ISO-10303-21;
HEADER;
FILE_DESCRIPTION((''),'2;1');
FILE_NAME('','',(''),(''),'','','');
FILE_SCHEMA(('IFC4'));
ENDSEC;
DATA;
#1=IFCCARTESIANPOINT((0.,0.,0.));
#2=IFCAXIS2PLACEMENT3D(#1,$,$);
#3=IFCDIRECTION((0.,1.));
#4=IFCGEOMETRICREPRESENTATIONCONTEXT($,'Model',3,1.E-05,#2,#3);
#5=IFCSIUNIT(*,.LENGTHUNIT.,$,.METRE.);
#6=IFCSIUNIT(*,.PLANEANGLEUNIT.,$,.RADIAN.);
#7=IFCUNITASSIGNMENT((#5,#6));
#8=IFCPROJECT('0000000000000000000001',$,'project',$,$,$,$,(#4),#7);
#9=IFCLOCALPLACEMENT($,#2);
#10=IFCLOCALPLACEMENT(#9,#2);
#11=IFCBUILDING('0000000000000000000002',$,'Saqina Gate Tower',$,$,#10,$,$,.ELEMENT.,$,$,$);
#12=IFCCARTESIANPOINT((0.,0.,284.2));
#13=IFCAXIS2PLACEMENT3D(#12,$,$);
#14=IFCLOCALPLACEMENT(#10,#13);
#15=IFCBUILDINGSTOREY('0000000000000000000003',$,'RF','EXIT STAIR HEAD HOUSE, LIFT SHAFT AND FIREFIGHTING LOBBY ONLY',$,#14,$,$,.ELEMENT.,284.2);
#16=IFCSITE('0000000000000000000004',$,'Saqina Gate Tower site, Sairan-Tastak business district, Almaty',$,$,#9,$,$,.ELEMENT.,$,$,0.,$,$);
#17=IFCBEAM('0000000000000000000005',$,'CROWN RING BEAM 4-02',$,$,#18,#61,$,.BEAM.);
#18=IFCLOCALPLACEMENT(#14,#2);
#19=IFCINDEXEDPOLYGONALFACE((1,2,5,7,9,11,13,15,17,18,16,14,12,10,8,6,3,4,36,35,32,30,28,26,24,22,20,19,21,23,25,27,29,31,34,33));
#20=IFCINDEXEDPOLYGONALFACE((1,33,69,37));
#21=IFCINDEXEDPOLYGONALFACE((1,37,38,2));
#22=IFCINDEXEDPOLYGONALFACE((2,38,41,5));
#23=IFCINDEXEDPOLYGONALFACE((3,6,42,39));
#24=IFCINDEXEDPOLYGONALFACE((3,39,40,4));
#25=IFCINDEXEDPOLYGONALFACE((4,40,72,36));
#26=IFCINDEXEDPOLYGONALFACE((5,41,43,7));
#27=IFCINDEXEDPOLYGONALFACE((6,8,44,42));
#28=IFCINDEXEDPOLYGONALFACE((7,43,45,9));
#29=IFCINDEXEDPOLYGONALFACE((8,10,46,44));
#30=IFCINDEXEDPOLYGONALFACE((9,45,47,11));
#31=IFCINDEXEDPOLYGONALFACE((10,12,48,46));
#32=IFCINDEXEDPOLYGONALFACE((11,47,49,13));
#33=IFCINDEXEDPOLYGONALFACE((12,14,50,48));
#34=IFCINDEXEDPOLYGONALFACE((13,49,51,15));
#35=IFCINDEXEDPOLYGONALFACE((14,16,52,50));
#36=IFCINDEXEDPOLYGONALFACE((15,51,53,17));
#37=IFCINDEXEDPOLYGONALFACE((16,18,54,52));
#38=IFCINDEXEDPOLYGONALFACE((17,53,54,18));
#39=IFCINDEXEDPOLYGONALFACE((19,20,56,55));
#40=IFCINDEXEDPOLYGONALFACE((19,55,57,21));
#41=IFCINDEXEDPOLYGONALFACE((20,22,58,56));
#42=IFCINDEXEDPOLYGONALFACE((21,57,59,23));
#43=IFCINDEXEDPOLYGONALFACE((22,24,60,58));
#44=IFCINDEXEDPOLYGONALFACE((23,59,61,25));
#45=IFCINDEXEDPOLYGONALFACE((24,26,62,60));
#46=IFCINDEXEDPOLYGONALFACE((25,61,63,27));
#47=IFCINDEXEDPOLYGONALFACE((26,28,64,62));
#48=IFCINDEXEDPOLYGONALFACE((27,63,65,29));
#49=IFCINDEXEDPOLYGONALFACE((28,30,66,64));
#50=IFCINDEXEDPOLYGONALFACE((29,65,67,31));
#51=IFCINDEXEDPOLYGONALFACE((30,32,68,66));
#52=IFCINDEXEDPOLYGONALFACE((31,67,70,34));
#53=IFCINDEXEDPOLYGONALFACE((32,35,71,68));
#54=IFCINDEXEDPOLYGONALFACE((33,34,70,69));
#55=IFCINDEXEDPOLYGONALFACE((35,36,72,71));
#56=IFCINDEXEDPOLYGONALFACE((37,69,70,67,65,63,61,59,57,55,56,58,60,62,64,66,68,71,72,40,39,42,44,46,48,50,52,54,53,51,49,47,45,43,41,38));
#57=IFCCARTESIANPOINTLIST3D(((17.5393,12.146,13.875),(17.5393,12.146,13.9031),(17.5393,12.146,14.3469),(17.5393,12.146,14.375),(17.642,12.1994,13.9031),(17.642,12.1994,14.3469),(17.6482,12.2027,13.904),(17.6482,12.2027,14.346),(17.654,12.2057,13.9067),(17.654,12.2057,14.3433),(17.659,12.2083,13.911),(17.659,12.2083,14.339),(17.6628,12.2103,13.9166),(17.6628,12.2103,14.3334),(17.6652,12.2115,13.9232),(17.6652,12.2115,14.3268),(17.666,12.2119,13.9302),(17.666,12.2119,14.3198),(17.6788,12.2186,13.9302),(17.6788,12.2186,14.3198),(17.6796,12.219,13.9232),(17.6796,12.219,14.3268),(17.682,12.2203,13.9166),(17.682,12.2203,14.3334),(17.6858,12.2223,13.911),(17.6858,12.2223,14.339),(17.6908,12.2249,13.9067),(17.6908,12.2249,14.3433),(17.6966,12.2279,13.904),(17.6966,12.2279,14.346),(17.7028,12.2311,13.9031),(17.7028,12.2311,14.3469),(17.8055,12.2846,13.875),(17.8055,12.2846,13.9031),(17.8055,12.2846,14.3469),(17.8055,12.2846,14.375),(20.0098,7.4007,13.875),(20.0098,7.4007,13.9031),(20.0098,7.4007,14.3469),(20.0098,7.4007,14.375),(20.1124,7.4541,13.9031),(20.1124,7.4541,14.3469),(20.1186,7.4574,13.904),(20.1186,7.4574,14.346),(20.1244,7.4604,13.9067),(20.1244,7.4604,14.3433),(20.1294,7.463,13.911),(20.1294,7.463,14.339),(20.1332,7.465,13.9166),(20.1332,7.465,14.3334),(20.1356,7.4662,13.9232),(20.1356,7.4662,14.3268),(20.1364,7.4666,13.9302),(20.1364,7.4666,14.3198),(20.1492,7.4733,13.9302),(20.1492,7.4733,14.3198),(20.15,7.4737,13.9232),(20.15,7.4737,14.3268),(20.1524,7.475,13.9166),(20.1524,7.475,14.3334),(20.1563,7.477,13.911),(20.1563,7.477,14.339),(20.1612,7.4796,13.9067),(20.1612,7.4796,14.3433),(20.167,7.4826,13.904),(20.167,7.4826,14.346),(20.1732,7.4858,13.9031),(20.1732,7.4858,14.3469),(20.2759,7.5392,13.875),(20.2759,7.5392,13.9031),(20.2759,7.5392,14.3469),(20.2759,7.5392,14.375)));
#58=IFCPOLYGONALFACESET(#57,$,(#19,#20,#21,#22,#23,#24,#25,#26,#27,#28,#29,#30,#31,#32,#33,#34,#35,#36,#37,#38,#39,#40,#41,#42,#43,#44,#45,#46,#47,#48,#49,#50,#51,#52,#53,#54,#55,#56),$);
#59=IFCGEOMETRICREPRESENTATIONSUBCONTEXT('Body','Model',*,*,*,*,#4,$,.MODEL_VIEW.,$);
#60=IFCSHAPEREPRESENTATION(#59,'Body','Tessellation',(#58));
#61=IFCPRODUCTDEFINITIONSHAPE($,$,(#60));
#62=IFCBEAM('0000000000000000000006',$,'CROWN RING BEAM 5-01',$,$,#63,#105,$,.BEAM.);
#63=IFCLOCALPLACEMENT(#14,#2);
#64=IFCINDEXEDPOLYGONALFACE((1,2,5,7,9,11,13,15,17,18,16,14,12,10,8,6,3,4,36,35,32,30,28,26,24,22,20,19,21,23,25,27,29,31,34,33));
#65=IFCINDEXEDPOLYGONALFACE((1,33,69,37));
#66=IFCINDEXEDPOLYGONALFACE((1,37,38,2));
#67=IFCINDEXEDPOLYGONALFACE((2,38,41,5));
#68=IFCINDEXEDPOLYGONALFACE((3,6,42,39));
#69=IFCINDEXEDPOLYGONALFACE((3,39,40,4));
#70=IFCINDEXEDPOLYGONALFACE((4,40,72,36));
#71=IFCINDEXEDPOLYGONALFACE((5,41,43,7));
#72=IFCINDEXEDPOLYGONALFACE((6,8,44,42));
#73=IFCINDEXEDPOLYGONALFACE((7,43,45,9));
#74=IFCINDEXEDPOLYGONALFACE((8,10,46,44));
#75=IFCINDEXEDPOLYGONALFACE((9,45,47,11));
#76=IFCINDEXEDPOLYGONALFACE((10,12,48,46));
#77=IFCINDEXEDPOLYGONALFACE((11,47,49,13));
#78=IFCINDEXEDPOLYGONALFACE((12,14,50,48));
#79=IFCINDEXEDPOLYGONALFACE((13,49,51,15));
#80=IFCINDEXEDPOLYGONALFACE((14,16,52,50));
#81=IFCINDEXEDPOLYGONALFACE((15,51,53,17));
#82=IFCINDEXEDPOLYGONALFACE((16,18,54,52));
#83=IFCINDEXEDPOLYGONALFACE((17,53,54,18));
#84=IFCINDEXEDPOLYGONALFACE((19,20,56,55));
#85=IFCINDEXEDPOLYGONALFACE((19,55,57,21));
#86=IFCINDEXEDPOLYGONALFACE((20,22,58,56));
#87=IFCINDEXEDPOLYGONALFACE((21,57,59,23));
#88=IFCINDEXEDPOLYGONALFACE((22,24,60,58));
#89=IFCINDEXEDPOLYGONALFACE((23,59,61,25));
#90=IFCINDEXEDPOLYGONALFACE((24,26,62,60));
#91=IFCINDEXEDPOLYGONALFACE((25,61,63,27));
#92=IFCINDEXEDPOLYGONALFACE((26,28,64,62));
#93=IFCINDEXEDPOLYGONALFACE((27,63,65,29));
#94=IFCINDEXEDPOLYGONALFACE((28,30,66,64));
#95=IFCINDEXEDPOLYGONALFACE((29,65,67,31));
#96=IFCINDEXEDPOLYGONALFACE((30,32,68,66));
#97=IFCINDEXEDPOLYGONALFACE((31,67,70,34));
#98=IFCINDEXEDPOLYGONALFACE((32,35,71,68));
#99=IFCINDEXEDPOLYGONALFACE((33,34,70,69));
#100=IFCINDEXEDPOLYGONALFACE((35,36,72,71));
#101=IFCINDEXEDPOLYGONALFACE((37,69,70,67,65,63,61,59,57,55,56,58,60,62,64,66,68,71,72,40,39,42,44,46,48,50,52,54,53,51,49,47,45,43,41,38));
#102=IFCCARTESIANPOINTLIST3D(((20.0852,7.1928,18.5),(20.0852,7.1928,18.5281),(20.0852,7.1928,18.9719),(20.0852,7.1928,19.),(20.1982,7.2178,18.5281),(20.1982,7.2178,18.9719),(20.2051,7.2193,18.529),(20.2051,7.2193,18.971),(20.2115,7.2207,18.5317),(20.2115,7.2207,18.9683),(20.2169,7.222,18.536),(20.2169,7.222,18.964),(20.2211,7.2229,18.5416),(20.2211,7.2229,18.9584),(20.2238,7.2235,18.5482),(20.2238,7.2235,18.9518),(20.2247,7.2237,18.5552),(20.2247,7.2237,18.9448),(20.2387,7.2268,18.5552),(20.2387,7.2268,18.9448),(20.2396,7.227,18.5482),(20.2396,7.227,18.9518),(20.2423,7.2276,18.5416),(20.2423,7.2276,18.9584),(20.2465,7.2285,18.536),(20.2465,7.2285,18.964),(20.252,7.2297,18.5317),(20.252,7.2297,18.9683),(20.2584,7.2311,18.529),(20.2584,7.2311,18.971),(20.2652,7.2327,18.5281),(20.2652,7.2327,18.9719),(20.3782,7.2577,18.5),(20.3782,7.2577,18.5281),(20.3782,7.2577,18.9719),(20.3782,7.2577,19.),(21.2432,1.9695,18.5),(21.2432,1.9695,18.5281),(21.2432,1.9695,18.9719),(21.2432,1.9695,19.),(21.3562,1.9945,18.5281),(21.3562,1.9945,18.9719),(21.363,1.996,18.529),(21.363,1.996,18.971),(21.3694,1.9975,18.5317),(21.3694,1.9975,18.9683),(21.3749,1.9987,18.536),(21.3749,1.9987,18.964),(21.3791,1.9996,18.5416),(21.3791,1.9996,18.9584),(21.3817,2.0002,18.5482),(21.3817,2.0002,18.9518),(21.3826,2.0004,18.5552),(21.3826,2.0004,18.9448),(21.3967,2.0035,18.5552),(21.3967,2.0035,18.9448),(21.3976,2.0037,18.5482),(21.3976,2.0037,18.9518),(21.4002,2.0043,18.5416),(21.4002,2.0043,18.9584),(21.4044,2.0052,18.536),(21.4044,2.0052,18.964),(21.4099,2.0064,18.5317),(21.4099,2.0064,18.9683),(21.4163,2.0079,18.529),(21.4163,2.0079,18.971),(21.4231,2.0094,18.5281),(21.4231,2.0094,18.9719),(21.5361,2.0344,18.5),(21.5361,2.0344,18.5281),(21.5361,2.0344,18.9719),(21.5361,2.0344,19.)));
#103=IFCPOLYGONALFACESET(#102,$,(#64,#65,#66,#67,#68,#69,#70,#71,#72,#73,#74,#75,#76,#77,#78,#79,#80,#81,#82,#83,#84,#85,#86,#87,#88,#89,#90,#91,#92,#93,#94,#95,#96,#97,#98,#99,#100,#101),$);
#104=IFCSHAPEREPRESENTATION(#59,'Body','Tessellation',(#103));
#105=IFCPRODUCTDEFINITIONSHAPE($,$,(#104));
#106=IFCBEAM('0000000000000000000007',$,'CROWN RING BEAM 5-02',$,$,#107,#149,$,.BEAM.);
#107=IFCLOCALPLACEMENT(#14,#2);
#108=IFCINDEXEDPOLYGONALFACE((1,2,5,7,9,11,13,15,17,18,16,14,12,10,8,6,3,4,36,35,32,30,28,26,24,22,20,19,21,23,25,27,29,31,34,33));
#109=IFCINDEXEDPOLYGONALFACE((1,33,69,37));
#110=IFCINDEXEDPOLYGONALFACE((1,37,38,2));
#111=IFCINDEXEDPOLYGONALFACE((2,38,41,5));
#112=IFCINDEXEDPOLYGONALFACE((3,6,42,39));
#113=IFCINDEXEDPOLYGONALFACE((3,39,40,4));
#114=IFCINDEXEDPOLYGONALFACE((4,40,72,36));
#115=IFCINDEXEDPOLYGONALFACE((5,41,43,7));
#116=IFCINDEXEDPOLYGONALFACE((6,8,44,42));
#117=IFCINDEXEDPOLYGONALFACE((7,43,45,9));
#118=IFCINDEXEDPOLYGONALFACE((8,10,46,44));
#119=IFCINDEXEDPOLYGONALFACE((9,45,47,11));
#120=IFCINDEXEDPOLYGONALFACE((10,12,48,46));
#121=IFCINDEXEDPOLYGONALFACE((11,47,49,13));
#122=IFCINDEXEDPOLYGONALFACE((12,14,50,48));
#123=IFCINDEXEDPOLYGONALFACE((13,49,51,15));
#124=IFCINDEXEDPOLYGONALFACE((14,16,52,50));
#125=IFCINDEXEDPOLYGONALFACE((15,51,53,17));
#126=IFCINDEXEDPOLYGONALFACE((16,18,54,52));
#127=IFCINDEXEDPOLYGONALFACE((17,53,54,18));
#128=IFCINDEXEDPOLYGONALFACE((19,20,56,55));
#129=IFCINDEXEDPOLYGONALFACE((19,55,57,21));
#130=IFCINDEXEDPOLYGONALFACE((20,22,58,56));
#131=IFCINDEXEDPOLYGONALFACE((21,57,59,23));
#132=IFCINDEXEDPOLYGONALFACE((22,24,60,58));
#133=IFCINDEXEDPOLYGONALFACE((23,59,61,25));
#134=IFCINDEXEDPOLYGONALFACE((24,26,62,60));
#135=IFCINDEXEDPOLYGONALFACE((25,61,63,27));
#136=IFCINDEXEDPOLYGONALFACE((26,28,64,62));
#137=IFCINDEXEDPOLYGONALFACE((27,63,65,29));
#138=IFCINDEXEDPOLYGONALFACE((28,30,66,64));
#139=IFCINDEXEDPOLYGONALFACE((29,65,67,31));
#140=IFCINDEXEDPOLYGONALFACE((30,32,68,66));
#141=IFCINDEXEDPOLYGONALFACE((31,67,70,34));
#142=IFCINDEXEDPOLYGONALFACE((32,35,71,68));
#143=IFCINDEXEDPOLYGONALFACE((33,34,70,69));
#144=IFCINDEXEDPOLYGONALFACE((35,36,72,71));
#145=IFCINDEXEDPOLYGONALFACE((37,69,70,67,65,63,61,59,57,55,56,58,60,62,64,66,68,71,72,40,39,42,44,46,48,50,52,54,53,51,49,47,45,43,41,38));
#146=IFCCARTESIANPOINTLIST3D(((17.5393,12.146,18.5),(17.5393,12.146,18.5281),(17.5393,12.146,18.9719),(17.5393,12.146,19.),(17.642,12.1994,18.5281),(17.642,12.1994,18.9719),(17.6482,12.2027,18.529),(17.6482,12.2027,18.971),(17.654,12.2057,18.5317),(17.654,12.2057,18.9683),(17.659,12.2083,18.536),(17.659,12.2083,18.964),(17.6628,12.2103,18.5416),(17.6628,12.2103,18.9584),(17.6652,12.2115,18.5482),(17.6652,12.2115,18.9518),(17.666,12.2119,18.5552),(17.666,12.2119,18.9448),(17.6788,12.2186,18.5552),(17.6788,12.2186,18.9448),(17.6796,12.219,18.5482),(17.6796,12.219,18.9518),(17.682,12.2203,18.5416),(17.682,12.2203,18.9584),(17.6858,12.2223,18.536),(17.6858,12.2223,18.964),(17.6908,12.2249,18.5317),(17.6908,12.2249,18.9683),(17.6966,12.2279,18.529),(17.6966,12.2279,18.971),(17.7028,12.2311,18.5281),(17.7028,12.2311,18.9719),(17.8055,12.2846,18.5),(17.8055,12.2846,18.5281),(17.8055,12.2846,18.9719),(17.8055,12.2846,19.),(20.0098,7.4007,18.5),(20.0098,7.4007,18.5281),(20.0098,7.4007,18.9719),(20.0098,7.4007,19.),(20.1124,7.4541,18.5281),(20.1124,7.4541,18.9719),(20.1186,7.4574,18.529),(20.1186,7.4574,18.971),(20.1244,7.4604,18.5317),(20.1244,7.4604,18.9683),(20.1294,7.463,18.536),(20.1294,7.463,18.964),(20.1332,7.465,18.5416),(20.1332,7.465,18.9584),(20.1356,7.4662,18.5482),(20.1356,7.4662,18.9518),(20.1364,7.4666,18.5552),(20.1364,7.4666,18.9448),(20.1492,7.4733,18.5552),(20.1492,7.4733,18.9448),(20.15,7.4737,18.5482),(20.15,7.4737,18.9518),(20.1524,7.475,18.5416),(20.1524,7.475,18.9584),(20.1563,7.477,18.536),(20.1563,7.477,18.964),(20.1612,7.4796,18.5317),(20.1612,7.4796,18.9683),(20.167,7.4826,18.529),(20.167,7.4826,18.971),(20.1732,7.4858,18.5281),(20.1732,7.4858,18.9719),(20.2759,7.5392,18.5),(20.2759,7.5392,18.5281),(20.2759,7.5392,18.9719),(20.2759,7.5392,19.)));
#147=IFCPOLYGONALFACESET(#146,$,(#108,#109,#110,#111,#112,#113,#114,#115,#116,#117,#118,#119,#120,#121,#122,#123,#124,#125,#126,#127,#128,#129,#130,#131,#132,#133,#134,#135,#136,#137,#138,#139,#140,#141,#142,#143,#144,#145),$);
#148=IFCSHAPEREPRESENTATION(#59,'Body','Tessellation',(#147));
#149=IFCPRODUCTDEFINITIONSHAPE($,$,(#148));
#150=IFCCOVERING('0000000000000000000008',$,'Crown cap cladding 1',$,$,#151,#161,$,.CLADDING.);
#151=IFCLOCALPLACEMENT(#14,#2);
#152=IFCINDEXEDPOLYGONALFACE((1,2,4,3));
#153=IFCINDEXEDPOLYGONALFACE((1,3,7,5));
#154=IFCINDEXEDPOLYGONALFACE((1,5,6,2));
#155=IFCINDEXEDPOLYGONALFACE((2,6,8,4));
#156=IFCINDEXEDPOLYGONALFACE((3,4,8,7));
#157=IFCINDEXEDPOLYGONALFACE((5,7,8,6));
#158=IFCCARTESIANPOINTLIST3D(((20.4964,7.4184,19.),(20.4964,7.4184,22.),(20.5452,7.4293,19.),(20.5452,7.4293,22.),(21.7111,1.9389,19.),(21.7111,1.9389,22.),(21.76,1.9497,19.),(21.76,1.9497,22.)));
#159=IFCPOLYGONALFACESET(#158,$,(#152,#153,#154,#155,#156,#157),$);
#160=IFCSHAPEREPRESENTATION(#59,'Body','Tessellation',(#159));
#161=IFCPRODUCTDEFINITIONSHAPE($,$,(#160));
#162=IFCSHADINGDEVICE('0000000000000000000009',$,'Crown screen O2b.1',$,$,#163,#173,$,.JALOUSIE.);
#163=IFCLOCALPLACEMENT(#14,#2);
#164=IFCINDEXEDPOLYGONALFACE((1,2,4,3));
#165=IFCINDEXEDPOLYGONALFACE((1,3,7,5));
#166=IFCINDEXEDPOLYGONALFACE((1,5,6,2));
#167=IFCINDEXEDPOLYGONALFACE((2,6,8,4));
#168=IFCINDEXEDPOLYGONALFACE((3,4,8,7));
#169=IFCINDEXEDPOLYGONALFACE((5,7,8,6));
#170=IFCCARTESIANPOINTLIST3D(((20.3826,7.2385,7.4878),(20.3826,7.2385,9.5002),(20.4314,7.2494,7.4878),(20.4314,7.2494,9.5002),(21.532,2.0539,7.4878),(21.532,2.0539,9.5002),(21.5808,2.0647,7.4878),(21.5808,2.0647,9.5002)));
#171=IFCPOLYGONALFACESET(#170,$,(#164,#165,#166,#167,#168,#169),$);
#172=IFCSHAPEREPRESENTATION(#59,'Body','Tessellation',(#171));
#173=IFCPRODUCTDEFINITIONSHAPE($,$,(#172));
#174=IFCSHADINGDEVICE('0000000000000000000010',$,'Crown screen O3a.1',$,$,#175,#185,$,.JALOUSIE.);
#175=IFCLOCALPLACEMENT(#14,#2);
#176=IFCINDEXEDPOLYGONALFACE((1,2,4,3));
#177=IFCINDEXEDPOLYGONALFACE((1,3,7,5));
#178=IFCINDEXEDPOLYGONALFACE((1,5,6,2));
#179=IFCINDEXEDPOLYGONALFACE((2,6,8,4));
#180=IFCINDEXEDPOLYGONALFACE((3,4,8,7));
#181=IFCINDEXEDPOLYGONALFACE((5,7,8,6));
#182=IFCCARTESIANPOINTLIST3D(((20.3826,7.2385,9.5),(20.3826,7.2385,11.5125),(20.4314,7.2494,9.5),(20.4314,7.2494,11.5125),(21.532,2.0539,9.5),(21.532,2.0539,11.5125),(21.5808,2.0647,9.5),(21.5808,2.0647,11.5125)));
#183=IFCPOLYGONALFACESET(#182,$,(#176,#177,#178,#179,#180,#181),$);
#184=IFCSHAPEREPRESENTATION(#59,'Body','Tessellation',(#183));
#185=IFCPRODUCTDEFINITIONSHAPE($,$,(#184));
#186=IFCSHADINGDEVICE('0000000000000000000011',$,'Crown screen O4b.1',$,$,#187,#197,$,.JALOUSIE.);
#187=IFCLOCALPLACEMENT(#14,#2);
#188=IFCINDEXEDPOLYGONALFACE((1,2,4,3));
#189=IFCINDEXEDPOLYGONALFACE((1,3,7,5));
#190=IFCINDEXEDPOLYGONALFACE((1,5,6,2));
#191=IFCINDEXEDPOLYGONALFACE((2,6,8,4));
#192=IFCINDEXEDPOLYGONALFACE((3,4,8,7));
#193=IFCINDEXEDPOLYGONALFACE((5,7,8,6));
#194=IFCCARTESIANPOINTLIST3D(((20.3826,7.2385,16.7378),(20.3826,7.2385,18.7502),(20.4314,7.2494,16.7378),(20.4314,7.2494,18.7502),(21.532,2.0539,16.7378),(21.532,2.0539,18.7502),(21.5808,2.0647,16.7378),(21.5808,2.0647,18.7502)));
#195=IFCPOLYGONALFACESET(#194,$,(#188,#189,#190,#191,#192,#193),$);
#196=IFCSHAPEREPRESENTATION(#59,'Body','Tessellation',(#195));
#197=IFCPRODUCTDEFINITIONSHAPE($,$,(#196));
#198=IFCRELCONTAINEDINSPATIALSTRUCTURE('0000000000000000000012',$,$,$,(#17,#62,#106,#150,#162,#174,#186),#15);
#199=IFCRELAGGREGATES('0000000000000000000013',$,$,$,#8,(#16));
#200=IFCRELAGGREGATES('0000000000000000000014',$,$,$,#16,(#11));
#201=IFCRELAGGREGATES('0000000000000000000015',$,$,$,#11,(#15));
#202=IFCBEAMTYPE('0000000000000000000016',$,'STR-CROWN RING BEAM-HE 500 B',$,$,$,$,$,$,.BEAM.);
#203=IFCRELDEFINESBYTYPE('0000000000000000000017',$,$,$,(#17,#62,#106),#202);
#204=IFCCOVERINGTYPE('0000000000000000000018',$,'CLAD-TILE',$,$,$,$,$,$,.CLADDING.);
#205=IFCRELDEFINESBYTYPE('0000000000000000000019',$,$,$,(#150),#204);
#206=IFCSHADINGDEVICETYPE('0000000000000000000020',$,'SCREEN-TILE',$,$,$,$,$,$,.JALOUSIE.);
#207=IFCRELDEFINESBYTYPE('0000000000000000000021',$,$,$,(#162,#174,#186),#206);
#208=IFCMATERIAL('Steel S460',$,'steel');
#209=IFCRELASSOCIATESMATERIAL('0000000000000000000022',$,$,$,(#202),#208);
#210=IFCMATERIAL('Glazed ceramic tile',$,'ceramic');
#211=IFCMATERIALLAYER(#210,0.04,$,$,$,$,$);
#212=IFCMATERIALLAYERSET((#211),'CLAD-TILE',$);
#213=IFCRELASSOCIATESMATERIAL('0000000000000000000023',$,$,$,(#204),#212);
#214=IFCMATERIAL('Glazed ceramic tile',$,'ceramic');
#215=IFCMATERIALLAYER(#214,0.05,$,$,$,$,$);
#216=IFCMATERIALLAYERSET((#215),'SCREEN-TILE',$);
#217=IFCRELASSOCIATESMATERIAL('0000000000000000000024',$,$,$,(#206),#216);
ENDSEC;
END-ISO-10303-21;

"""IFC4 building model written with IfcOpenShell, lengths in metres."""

from ifc_helpers import new_model, si_unit, direction, frame, origin, origin_2d, place, context, subcontext, project, spatial, rectangle, i_section, extrude, material, layer, layer_set, material_profile, profile_set, type_object, element, save


model = new_model("IFC4")

# Units and contexts
model_context = context("Model", 3, precision=1e-05, world=origin(), true_north=direction((0.0, 1.0)))
body_context = subcontext(model_context, "Body", "Model", "MODEL_VIEW")
ifc_project = project(units=[si_unit("LENGTHUNIT", "METRE"), si_unit("PLANEANGLEUNIT", "RADIAN")], contexts=[model_context])

# Site, building, storey
site_placement = place(None, origin())
site = spatial("IfcSite", under=ifc_project, at=site_placement, Name="Saqina Gate Tower site, Sairan-Tastak business district, Almaty", CompositionType="ELEMENT", RefElevation=0.0)
building_placement = place(site_placement, origin())
building = spatial("IfcBuilding", under=site, at=building_placement, Name="Saqina Gate Tower", CompositionType="ELEMENT")
storey_placement = place(building_placement, frame((0.0, 0.0, 284.2)))
storey = spatial("IfcBuildingStorey", under=building, at=storey_placement, Name="RF", Description="EXIT STAIR HEAD HOUSE, LIFT SHAFT AND FIREFIGHTING LOBBY ONLY", CompositionType="ELEMENT", Elevation=284.2)

# Beams
ifc_material_1 = material(Name="Steel S460", Category="steel")
ifc_material_profile_1 = material_profile(ifc_material_1, i_section(OverallWidth=0.3, OverallDepth=0.5, WebThickness=0.0144, FlangeThickness=0.0281, FilletRadius=0.0271, at=origin_2d()), Name="HE 500 B")
ifc_profile_set_1 = profile_set([ifc_material_profile_1], Name="Steel S460")
beam_type_1 = type_object("IfcBeamType", Name="STR-CROWN RING BEAM-HE 500 B", PredefinedType="BEAM", material=ifc_profile_set_1)
beam_1_placement = place(storey_placement, frame((20.1428, 7.47, 14.125), z_axis=(-0.461775, 0.886997, 0.0), x_axis=(-0.886997, -0.461775, 0.0)))
element("IfcBeam", 1, at=beam_1_placement, inside=storey, type_object=beam_type_1, Name="CROWN RING BEAM 4-02", PredefinedType="BEAM", context=body_context, shape_type="SweptSolid", body=[
    extrude(i_section(OverallWidth=0.3, OverallDepth=0.5, WebThickness=0.0144, FlangeThickness=0.0281, FilletRadius=0.0271, at=origin_2d()), origin(), (0.0, 0.0, 1.0), 5.3499),
])
beam_2_placement = place(storey_placement, frame((21.3896, 2.002, 18.75), z_axis=(-0.216433, 0.976298, 0.0), x_axis=(-0.976298, -0.216433, 0.0)))
element("IfcBeam", 2, at=beam_2_placement, inside=storey, type_object=beam_type_1, Name="CROWN RING BEAM 5-01", PredefinedType="BEAM", context=body_context, shape_type="SweptSolid", body=[
    extrude(i_section(OverallWidth=0.3, OverallDepth=0.5, WebThickness=0.0144, FlangeThickness=0.0281, FilletRadius=0.0271, at=origin_2d()), origin(), (0.0, 0.0, 1.0), 5.3501),
])
beam_3_placement = place(storey_placement, frame((20.1428, 7.47, 18.75), z_axis=(-0.461775, 0.886997, 0.0), x_axis=(-0.886997, -0.461775, 0.0)))
element("IfcBeam", 3, at=beam_3_placement, inside=storey, type_object=beam_type_1, Name="CROWN RING BEAM 5-02", PredefinedType="BEAM", context=body_context, shape_type="SweptSolid", body=[
    extrude(i_section(OverallWidth=0.3, OverallDepth=0.5, WebThickness=0.0144, FlangeThickness=0.0281, FilletRadius=0.0271, at=origin_2d()), origin(), (0.0, 0.0, 1.0), 5.3499),
])

# Covering
ifc_material_2 = material(Name="Glazed ceramic tile", Category="ceramic")
ifc_layer_1 = layer(ifc_material_2, 0.04)
ifc_layer_set_1 = layer_set([ifc_layer_1], Name="CLAD-TILE")
covering_type = type_object("IfcCoveringType", Name="CLAD-TILE", PredefinedType="CLADDING", material=ifc_layer_set_1)
covering_placement = place(storey_placement, frame((21.1282, 4.6841, 19.0), z_axis=(0.0, 0.0, 1.0), x_axis=(-0.21644, 0.976296, 0.0)))
element("IfcCovering", 4, at=covering_placement, inside=storey, type_object=covering_type, Name="Crown cap cladding 1", PredefinedType="CLADDING", context=body_context, shape_type="SweptSolid", body=[
    extrude(rectangle(XDim=5.6125, YDim=0.05, at=origin_2d()), origin(), (0.0, 0.0, 1.0), 3.0),
])

# Shading devices
ifc_material_3 = material(Name="Glazed ceramic tile", Category="ceramic")
ifc_layer_2 = layer(ifc_material_3, 0.05)
ifc_layer_set_2 = layer_set([ifc_layer_2], Name="SCREEN-TILE")
shading_device_type_1 = type_object("IfcShadingDeviceType", Name="SCREEN-TILE", PredefinedType="JALOUSIE", material=ifc_layer_set_2)
for number, where, z_axis, x_axis, name in (
    (5, (20.9817, 4.6516, 7.4878), (0.0, 0.0, 1.0), (-0.21644, 0.976296, 0.0), "Crown screen O2b.1"),
    (6, (20.9817, 4.6516, 9.5), (0.0, 0.0, 1.0), (-0.21644, 0.976296, 0.0), "Crown screen O3a.1"),
    (7, (20.9817, 4.6516, 16.7378), (0.0, 0.0, 1.0), (-0.21644, 0.976296, 0.0), "Crown screen O4b.1"),
):
    element("IfcShadingDevice", number, at=place(storey_placement, frame(where, z_axis=z_axis, x_axis=x_axis)), inside=storey, type_object=shading_device_type_1, Name=name, PredefinedType="JALOUSIE", context=body_context, shape_type="SweptSolid", body=[
        extrude(rectangle(XDim=5.3105, YDim=0.05, at=origin_2d()), origin(), (0.0, 0.0, 1.0), 2.0125),
    ])

save(model, "model.ifc")
